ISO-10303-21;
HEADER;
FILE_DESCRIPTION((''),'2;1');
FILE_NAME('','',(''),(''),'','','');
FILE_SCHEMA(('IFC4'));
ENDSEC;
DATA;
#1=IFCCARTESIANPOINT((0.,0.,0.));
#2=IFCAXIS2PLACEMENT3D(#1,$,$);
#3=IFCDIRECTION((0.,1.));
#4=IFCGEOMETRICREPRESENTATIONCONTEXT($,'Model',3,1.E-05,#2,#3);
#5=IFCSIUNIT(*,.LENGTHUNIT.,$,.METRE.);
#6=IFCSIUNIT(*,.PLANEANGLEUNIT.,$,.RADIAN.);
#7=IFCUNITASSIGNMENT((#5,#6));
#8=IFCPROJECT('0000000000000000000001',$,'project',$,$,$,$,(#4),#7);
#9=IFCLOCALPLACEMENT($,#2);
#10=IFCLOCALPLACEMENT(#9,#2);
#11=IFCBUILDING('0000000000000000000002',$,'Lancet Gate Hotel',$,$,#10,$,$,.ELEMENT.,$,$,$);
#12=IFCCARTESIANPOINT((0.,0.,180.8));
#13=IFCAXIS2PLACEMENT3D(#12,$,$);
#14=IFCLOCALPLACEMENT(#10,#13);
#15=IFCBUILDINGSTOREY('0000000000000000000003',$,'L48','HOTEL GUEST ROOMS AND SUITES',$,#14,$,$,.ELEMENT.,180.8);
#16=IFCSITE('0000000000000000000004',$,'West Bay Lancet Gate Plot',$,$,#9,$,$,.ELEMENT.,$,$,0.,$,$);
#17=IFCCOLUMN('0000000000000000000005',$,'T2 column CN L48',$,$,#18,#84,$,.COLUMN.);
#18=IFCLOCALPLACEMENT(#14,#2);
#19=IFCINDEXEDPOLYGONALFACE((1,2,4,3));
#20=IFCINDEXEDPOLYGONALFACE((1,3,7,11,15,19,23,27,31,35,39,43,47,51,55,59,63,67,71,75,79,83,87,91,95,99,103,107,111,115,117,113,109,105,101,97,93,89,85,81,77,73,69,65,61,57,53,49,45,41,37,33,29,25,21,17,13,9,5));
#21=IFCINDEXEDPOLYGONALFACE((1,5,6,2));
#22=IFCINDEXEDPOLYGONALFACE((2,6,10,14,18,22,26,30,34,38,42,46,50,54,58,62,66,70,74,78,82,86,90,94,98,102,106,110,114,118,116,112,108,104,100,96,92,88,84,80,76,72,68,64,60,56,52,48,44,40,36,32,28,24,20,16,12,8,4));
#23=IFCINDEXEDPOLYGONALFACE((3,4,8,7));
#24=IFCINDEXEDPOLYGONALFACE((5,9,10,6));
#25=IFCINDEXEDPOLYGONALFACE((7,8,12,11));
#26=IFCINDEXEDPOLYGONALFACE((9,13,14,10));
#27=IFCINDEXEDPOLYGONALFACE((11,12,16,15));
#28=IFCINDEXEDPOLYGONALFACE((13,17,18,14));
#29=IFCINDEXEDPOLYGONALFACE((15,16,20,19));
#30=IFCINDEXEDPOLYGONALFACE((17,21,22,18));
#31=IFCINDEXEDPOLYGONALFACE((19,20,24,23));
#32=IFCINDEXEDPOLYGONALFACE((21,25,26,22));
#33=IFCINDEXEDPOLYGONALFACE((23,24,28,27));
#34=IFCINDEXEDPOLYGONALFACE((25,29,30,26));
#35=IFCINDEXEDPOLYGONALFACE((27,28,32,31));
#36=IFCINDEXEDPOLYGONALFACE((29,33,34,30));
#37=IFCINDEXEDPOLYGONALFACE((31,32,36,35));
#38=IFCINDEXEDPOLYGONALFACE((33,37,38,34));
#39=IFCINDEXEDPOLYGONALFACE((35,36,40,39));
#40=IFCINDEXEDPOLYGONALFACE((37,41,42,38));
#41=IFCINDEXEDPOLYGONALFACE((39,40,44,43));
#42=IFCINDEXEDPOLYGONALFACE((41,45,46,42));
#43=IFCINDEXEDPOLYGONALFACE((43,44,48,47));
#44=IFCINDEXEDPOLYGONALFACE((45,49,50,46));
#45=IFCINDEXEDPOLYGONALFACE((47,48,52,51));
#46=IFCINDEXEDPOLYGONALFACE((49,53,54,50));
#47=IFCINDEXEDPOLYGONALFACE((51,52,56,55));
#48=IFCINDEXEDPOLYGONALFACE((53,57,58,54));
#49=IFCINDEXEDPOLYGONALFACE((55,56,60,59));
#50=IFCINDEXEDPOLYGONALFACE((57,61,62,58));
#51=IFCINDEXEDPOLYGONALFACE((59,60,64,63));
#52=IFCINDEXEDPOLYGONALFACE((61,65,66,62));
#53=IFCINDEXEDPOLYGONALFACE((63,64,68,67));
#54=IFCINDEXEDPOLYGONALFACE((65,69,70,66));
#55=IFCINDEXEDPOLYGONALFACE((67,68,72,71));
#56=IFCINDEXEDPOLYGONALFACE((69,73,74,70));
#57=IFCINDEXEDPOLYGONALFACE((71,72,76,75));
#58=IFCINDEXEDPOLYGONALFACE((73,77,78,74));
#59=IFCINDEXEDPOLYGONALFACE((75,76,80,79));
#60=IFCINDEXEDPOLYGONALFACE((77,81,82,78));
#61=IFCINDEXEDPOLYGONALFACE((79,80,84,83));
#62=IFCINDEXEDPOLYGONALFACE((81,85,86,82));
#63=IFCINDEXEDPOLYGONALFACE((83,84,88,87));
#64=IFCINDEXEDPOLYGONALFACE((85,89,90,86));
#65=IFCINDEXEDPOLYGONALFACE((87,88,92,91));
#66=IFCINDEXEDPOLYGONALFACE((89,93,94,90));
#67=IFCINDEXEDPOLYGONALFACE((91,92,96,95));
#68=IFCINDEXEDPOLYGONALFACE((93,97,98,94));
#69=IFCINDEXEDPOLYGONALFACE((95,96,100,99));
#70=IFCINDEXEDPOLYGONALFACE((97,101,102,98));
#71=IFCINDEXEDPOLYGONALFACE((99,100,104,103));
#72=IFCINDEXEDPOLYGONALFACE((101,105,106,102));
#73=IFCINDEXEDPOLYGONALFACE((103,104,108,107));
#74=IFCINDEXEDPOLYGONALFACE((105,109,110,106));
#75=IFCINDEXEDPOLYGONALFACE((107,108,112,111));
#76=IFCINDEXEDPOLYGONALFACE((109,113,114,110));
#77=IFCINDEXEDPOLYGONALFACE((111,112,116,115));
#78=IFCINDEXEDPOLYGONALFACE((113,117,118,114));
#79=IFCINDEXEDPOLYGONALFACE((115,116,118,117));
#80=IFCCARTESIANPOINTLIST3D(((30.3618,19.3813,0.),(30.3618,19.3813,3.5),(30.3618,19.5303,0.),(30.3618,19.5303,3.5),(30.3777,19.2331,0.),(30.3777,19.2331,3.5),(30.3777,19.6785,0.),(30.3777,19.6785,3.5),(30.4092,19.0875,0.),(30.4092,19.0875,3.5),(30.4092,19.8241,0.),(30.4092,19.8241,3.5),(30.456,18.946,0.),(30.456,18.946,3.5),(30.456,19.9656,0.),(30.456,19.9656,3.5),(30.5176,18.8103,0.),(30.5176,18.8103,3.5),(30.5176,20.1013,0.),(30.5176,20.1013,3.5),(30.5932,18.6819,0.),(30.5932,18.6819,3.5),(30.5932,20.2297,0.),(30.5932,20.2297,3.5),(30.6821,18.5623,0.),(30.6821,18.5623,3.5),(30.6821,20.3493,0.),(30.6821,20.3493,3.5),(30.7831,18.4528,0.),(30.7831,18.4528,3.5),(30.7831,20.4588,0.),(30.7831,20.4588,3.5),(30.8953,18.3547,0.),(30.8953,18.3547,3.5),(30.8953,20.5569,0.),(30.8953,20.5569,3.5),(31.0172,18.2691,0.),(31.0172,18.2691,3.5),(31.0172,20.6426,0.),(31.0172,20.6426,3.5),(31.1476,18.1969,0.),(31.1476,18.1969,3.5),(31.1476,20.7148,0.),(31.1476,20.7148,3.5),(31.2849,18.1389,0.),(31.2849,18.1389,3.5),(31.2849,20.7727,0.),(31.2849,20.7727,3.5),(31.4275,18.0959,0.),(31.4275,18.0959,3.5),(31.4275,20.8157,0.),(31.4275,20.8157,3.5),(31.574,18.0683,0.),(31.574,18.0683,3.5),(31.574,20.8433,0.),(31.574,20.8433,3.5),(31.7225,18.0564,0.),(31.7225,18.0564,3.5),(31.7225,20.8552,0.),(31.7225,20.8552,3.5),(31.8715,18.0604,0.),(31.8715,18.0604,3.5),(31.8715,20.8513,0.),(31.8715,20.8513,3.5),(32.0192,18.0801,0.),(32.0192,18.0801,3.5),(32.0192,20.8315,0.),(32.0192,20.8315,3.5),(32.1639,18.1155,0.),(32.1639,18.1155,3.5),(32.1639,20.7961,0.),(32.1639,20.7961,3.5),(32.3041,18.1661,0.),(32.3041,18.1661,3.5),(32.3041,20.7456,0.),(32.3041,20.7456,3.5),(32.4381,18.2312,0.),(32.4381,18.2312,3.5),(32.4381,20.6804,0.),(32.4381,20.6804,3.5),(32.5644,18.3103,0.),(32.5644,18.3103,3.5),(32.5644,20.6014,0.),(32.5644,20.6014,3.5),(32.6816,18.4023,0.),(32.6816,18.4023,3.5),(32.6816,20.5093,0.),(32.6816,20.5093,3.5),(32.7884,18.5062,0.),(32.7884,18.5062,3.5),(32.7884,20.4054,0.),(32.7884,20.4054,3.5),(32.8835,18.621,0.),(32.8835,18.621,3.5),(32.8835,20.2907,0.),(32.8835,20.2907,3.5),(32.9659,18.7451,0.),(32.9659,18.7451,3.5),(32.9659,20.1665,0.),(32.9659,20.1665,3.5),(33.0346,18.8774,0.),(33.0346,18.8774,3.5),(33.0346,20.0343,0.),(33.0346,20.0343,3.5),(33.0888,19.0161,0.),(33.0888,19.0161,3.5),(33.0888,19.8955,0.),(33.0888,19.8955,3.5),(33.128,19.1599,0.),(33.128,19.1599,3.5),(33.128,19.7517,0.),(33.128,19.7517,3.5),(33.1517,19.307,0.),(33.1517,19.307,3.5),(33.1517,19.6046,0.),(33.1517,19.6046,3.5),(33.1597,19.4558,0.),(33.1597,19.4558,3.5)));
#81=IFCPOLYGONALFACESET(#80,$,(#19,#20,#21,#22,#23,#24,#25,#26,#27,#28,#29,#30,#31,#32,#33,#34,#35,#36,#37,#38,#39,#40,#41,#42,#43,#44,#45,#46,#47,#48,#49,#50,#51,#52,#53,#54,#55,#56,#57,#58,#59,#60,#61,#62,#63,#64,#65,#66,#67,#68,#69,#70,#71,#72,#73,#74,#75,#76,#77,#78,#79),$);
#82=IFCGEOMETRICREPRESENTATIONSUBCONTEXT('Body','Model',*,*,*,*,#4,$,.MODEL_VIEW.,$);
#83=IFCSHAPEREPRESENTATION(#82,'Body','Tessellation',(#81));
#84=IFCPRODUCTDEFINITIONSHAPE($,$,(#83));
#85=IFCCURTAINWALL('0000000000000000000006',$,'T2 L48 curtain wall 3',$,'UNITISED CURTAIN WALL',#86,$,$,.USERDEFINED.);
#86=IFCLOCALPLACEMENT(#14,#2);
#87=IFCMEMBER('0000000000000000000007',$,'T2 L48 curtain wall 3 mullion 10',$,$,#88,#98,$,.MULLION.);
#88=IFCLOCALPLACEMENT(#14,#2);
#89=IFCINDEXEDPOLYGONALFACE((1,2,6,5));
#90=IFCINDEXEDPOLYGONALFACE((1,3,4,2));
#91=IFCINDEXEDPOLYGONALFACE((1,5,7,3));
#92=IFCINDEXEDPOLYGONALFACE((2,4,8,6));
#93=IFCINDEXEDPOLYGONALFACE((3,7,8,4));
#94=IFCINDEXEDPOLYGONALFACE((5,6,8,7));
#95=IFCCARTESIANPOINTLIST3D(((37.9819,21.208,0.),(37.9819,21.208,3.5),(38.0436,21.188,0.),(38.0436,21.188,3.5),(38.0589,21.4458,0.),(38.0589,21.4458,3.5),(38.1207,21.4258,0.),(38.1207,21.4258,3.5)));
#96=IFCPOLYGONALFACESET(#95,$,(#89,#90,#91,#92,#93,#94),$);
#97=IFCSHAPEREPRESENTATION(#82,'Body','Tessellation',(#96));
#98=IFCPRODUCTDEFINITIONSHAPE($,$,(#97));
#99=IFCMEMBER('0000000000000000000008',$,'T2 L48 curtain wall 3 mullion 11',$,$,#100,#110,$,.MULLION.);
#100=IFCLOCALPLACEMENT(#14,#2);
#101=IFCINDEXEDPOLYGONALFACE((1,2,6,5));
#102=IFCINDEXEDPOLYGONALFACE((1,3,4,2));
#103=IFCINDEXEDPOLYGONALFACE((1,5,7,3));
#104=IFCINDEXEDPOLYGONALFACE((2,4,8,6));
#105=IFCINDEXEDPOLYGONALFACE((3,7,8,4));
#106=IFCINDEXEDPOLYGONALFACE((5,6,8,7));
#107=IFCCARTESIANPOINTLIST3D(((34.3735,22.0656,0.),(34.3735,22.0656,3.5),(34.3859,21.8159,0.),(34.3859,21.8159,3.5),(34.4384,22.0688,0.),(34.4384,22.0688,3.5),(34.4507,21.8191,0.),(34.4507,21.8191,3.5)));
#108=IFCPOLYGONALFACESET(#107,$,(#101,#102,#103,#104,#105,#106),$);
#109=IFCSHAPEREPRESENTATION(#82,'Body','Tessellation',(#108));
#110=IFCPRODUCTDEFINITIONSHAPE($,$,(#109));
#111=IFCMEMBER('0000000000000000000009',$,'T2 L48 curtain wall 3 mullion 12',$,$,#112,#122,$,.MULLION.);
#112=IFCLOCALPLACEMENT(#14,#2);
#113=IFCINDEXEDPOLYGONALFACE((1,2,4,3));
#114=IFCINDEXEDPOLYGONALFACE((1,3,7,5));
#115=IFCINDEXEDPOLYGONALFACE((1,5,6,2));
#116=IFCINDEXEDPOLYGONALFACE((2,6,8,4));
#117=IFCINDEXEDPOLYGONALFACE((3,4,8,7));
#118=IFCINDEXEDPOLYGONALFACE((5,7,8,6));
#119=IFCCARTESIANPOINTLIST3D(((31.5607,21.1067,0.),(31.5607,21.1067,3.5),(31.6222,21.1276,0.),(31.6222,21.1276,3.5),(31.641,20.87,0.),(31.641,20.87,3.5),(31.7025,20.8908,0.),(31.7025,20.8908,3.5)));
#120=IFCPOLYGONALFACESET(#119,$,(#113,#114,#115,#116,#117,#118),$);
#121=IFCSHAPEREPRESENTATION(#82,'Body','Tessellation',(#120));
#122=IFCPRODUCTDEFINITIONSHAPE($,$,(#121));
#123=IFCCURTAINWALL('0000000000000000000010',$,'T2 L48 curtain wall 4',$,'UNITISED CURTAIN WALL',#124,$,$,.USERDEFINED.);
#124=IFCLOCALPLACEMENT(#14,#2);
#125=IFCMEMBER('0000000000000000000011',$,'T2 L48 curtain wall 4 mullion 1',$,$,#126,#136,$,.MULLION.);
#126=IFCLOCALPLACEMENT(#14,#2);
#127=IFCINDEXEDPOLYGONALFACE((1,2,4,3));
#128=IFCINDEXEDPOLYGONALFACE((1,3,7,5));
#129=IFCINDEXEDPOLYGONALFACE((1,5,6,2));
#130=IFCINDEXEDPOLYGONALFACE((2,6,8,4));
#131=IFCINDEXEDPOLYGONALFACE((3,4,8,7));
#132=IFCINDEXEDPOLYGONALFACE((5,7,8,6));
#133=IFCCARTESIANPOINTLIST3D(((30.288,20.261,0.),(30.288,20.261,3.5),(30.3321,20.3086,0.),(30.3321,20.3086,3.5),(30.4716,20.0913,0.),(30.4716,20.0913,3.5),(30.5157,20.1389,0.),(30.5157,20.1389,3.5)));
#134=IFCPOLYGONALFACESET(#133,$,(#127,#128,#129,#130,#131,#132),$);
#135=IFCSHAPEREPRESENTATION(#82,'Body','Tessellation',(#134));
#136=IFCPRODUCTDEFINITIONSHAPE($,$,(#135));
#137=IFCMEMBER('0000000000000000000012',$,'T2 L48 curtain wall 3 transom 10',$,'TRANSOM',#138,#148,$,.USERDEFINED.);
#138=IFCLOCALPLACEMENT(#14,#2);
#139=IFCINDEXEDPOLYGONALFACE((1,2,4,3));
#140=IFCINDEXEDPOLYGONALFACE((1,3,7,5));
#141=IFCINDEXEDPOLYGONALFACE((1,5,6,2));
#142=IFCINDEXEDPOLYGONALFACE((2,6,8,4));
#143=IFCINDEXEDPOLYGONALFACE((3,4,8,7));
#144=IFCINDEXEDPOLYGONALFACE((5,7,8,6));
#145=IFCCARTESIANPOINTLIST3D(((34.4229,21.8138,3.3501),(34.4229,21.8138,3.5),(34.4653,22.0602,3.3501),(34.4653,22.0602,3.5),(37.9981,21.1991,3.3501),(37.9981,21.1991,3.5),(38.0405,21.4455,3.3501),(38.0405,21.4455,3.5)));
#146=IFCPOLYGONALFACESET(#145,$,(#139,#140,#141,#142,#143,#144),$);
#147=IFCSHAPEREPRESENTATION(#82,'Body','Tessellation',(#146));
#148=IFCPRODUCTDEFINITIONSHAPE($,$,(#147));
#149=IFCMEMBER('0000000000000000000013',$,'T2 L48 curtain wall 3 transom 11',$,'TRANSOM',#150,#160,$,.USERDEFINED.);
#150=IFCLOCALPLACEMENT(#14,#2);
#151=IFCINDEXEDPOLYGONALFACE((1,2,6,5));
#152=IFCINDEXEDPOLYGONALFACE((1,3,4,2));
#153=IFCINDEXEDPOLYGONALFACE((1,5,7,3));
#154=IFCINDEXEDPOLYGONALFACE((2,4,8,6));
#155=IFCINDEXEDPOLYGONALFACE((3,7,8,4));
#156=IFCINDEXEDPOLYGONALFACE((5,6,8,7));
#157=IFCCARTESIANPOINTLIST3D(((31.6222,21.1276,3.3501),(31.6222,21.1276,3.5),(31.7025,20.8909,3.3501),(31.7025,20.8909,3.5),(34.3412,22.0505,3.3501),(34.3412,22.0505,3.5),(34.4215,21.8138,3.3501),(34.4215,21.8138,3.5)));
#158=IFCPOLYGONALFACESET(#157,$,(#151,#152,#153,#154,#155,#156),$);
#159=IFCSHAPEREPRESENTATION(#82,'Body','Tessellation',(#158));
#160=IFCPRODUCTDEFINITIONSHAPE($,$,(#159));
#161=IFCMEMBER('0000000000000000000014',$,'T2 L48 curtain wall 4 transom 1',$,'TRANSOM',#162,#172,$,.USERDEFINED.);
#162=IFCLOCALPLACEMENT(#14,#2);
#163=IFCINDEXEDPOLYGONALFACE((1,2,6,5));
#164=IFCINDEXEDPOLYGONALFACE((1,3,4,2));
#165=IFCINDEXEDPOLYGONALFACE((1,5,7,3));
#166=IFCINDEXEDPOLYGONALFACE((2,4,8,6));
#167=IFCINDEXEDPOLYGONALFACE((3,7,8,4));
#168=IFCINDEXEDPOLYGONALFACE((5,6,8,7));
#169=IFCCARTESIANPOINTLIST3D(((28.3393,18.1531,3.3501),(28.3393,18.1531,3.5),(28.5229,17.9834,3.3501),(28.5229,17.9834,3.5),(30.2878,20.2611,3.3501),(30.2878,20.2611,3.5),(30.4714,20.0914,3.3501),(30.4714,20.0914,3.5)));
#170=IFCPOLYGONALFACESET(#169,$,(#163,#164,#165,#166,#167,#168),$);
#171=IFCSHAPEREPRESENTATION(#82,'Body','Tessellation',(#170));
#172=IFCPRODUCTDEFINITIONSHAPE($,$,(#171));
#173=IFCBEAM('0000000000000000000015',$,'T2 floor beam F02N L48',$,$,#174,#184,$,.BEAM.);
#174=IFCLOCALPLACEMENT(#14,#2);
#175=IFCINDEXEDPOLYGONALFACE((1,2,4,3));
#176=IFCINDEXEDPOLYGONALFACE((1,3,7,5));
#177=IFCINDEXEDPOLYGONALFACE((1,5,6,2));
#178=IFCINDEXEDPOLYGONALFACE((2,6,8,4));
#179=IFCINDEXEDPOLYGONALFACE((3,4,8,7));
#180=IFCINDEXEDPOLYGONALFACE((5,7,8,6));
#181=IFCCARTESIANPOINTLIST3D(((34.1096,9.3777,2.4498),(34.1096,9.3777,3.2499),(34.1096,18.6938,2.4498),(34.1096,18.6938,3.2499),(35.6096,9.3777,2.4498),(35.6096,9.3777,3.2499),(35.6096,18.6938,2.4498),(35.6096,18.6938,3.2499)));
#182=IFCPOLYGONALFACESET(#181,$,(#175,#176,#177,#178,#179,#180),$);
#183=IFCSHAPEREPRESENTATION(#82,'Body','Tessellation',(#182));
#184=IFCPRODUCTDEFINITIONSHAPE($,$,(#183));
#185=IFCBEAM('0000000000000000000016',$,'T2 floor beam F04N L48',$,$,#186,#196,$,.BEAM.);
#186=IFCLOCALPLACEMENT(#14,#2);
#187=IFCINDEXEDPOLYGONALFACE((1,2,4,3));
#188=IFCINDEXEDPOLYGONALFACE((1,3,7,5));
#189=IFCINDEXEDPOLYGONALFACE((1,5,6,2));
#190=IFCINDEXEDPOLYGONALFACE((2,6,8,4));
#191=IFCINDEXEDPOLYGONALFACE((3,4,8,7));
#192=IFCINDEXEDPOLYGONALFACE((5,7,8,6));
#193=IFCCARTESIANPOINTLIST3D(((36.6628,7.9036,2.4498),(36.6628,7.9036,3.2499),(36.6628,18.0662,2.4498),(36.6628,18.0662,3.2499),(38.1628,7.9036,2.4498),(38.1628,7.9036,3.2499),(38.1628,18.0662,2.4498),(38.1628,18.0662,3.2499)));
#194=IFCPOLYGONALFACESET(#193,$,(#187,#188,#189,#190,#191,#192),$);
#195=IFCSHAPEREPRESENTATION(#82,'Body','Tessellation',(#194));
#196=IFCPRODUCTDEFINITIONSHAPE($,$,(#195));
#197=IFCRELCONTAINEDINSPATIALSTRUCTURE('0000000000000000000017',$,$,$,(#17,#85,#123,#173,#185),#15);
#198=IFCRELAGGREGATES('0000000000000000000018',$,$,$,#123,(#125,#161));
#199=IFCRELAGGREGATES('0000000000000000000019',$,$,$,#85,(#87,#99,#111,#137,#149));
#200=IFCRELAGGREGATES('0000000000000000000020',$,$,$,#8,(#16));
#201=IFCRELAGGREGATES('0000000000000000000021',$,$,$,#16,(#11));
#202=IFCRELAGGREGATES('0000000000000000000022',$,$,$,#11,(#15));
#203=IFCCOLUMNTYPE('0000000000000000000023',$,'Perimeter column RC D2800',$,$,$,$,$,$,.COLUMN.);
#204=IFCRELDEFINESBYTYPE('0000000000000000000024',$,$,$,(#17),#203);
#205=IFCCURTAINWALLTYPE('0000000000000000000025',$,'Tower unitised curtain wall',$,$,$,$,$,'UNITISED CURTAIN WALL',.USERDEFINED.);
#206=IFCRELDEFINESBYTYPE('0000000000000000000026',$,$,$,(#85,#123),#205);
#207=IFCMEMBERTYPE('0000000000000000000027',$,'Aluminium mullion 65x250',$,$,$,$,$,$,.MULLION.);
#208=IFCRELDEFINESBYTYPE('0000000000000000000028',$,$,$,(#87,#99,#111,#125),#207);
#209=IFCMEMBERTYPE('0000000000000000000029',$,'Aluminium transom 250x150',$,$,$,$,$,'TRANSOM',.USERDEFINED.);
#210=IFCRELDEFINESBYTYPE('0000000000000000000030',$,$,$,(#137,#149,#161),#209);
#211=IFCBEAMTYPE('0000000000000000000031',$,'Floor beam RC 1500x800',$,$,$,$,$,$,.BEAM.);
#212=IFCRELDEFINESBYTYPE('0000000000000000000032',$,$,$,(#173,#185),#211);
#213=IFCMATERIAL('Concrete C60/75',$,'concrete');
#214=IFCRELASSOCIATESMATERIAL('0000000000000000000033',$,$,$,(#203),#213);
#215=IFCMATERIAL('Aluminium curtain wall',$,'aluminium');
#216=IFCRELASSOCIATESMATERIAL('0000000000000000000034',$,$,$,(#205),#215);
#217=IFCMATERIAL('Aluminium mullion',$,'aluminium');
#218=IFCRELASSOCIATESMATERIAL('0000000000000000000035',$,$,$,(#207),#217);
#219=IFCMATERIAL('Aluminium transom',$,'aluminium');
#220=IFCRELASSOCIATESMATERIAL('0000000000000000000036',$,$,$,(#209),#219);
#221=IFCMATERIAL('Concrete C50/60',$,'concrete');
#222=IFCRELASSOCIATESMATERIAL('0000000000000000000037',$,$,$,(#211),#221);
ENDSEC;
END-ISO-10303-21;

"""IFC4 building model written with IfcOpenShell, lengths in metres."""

from ifc_helpers import new_model, si_unit, direction, frame, origin, origin_2d, place, context, subcontext, project, spatial, rectangle, circle, extrude, material, material_profile, profile_set, type_object, element, aggregate, save


model = new_model("IFC4")

# Units and contexts
model_context = context("Model", 3, precision=1e-05, world=origin(), true_north=direction((0.0, 1.0)))
body_context = subcontext(model_context, "Body", "Model", "MODEL_VIEW")
ifc_project = project(units=[si_unit("LENGTHUNIT", "METRE"), si_unit("PLANEANGLEUNIT", "RADIAN")], contexts=[model_context])

# Site, building, storey
site_placement = place(None, origin())
site = spatial("IfcSite", under=ifc_project, at=site_placement, Name="West Bay Lancet Gate Plot", CompositionType="ELEMENT", RefElevation=0.0)
building_placement = place(site_placement, origin())
building = spatial("IfcBuilding", under=site, at=building_placement, Name="Lancet Gate Hotel", CompositionType="ELEMENT")
storey_placement = place(building_placement, frame((0.0, 0.0, 180.8)))
storey = spatial("IfcBuildingStorey", under=building, at=storey_placement, Name="L48", Description="HOTEL GUEST ROOMS AND SUITES", CompositionType="ELEMENT", Elevation=180.8)

# Column
ifc_material_1 = material(Name="Concrete C60/75", Category="concrete")
ifc_material_profile_1 = material_profile(ifc_material_1, circle(Radius=1.3999, at=origin_2d()), Name="RC D2800")
ifc_profile_set_1 = profile_set([ifc_material_profile_1], Name="Concrete C60/75")
column_type = type_object("IfcColumnType", Name="Perimeter column RC D2800", PredefinedType="COLUMN", material=ifc_profile_set_1)
column_placement = place(storey_placement, frame((31.7598, 19.4558, 0.0), z_axis=(0.0, 0.0, 1.0), x_axis=(1.0, 0.0, 0.0)))
element("IfcColumn", 1, at=column_placement, inside=storey, type_object=column_type, Name="T2 column CN L48", PredefinedType="COLUMN", context=body_context, shape_type="SweptSolid", body=[
    extrude(circle(Radius=1.3999, at=origin_2d()), origin(), (0.0, 0.0, 1.0), 3.5),
])

# Curtain wall, members
ifc_material_2 = material(Name="Aluminium curtain wall", Category="aluminium")
curtain_wall_type = type_object("IfcCurtainWallType", Name="Tower unitised curtain wall", ElementType="UNITISED CURTAIN WALL", PredefinedType="USERDEFINED", material=ifc_material_2)
curtain_wall_1_placement = place(storey_placement, origin())
curtain_wall_1 = element("IfcCurtainWall", 2, at=curtain_wall_1_placement, inside=storey, type_object=curtain_wall_type, Name="T2 L48 curtain wall 3", ObjectType="UNITISED CURTAIN WALL", PredefinedType="USERDEFINED")
ifc_material_3 = material(Name="Aluminium mullion", Category="aluminium")
ifc_material_profile_2 = material_profile(ifc_material_3, rectangle(XDim=0.0649, YDim=0.25, at=origin_2d()), Name="MULLION 65x250")
ifc_profile_set_2 = profile_set([ifc_material_profile_2], Name="Aluminium mullion")
member_type_1 = type_object("IfcMemberType", Name="Aluminium mullion 65x250", PredefinedType="MULLION", material=ifc_profile_set_2)
member_1_placement = place(storey_placement, frame((38.0513, 21.3169, 0.0), z_axis=(0.0, 0.0, 1.0), x_axis=(-0.951355, 0.308095, 0.0)))
member_1 = element("IfcMember", 3, at=member_1_placement, type_object=member_type_1, Name="T2 L48 curtain wall 3 mullion 10", PredefinedType="MULLION", context=body_context, shape_type="SweptSolid", body=[
    extrude(rectangle(XDim=0.0649, YDim=0.25, at=origin_2d()), origin(), (0.0, 0.0, 1.0), 3.5),
])
member_2_placement = place(storey_placement, frame((34.4121, 21.9424, 0.0), z_axis=(0.0, 0.0, 1.0), x_axis=(-0.998776, -0.049471, 0.0)))
member_2 = element("IfcMember", 4, at=member_2_placement, type_object=member_type_1, Name="T2 L48 curtain wall 3 mullion 11", PredefinedType="MULLION", context=body_context, shape_type="SweptSolid", body=[
    extrude(rectangle(XDim=0.0649, YDim=0.25, at=origin_2d()), origin(), (0.0, 0.0, 1.0), 3.5),
])
member_3_placement = place(storey_placement, frame((31.6316, 20.9988, 0.0), z_axis=(0.0, 0.0, 1.0), x_axis=(-0.946952, -0.321374, 0.0)))
member_3 = element("IfcMember", 5, at=member_3_placement, type_object=member_type_1, Name="T2 L48 curtain wall 3 mullion 12", PredefinedType="MULLION", context=body_context, shape_type="SweptSolid", body=[
    extrude(rectangle(XDim=0.0649, YDim=0.25, at=origin_2d()), origin(), (0.0, 0.0, 1.0), 3.5),
])

# Curtain wall, member
curtain_wall_2_placement = place(storey_placement, origin())
curtain_wall_2 = element("IfcCurtainWall", 6, at=curtain_wall_2_placement, inside=storey, type_object=curtain_wall_type, Name="T2 L48 curtain wall 4", ObjectType="UNITISED CURTAIN WALL", PredefinedType="USERDEFINED")
member_4_placement = place(storey_placement, frame((30.4019, 20.2, 0.0), z_axis=(0.0, 0.0, 1.0), x_axis=(-0.678831, -0.734294, 0.0)))
member_4 = element("IfcMember", 7, at=member_4_placement, type_object=member_type_1, Name="T2 L48 curtain wall 4 mullion 1", PredefinedType="MULLION", context=body_context, shape_type="SweptSolid", body=[
    extrude(rectangle(XDim=0.0649, YDim=0.25, at=origin_2d()), origin(), (0.0, 0.0, 1.0), 3.5),
])

# Members
ifc_material_4 = material(Name="Aluminium transom", Category="aluminium")
ifc_material_profile_3 = material_profile(ifc_material_4, rectangle(XDim=0.25, YDim=0.1499, at=origin_2d()), Name="TRANSOM 250x150")
ifc_profile_set_3 = profile_set([ifc_material_profile_3], Name="Aluminium transom")
member_type_2 = type_object("IfcMemberType", Name="Aluminium transom 250x150", ElementType="TRANSOM", PredefinedType="USERDEFINED", material=ifc_profile_set_3)
member_5_placement = place(storey_placement, frame((38.0193, 21.3223, 3.425), z_axis=(-0.985537, 0.169461, 0.0), x_axis=(-0.169461, -0.985537, 0.0)))
member_5 = element("IfcMember", 8, at=member_5_placement, type_object=member_type_2, Name="T2 L48 curtain wall 3 transom 10", ObjectType="TRANSOM", PredefinedType="USERDEFINED", context=body_context, shape_type="SweptSolid", body=[
    extrude(rectangle(XDim=0.25, YDim=0.1499, at=origin_2d()), origin(), (0.0, 0.0, 1.0), 3.6277),
])
member_6_placement = place(storey_placement, frame((34.3813, 21.9321, 3.425), z_axis=(-0.946943, -0.321401, 0.0), x_axis=(0.321401, -0.946943, 0.0)))
member_6 = element("IfcMember", 9, at=member_6_placement, type_object=member_type_2, Name="T2 L48 curtain wall 3 transom 11", ObjectType="TRANSOM", PredefinedType="USERDEFINED", context=body_context, shape_type="SweptSolid", body=[
    extrude(rectangle(XDim=0.25, YDim=0.1499, at=origin_2d()), origin(), (0.0, 0.0, 1.0), 2.8713),
])
member_7_placement = place(storey_placement, frame((30.3796, 20.1763, 3.425), z_axis=(-0.678792, -0.73433, 0.0), x_axis=(0.73433, -0.678792, 0.0)))
member_7 = element("IfcMember", 10, at=member_7_placement, type_object=member_type_2, Name="T2 L48 curtain wall 4 transom 1", ObjectType="TRANSOM", PredefinedType="USERDEFINED", context=body_context, shape_type="SweptSolid", body=[
    extrude(rectangle(XDim=0.25, YDim=0.1499, at=origin_2d()), origin(), (0.0, 0.0, 1.0), 2.8706),
])
aggregate(curtain_wall_2, [member_4, member_7])

# Beams
ifc_material_5 = material(Name="Concrete C50/60", Category="concrete")
ifc_material_profile_4 = material_profile(ifc_material_5, rectangle(XDim=1.5, YDim=0.8, at=origin_2d()), Name="RC 1500x800")
ifc_profile_set_4 = profile_set([ifc_material_profile_4], Name="Concrete C50/60")
beam_type = type_object("IfcBeamType", Name="Floor beam RC 1500x800", PredefinedType="BEAM", material=ifc_profile_set_4)
beam_1_placement = place(storey_placement, frame((34.8596, 9.3777, 2.8499), z_axis=(0.0, 1.0, 0.0), x_axis=(-1.0, 0.0, 0.0)))
element("IfcBeam", 11, at=beam_1_placement, inside=storey, type_object=beam_type, Name="T2 floor beam F02N L48", PredefinedType="BEAM", context=body_context, shape_type="SweptSolid", body=[
    extrude(rectangle(XDim=1.5, YDim=0.8, at=origin_2d()), origin(), (0.0, 0.0, 1.0), 9.3162),
])
beam_2_placement = place(storey_placement, frame((37.4128, 7.9036, 2.8499), z_axis=(0.0, 1.0, 0.0), x_axis=(-1.0, 0.0, 0.0)))
element("IfcBeam", 12, at=beam_2_placement, inside=storey, type_object=beam_type, Name="T2 floor beam F04N L48", PredefinedType="BEAM", context=body_context, shape_type="SweptSolid", body=[
    extrude(rectangle(XDim=1.5, YDim=0.8, at=origin_2d()), origin(), (0.0, 0.0, 1.0), 10.1626),
])

aggregate(curtain_wall_1, [member_1, member_2, member_3, member_5, member_6])

save(model, "model.ifc")
